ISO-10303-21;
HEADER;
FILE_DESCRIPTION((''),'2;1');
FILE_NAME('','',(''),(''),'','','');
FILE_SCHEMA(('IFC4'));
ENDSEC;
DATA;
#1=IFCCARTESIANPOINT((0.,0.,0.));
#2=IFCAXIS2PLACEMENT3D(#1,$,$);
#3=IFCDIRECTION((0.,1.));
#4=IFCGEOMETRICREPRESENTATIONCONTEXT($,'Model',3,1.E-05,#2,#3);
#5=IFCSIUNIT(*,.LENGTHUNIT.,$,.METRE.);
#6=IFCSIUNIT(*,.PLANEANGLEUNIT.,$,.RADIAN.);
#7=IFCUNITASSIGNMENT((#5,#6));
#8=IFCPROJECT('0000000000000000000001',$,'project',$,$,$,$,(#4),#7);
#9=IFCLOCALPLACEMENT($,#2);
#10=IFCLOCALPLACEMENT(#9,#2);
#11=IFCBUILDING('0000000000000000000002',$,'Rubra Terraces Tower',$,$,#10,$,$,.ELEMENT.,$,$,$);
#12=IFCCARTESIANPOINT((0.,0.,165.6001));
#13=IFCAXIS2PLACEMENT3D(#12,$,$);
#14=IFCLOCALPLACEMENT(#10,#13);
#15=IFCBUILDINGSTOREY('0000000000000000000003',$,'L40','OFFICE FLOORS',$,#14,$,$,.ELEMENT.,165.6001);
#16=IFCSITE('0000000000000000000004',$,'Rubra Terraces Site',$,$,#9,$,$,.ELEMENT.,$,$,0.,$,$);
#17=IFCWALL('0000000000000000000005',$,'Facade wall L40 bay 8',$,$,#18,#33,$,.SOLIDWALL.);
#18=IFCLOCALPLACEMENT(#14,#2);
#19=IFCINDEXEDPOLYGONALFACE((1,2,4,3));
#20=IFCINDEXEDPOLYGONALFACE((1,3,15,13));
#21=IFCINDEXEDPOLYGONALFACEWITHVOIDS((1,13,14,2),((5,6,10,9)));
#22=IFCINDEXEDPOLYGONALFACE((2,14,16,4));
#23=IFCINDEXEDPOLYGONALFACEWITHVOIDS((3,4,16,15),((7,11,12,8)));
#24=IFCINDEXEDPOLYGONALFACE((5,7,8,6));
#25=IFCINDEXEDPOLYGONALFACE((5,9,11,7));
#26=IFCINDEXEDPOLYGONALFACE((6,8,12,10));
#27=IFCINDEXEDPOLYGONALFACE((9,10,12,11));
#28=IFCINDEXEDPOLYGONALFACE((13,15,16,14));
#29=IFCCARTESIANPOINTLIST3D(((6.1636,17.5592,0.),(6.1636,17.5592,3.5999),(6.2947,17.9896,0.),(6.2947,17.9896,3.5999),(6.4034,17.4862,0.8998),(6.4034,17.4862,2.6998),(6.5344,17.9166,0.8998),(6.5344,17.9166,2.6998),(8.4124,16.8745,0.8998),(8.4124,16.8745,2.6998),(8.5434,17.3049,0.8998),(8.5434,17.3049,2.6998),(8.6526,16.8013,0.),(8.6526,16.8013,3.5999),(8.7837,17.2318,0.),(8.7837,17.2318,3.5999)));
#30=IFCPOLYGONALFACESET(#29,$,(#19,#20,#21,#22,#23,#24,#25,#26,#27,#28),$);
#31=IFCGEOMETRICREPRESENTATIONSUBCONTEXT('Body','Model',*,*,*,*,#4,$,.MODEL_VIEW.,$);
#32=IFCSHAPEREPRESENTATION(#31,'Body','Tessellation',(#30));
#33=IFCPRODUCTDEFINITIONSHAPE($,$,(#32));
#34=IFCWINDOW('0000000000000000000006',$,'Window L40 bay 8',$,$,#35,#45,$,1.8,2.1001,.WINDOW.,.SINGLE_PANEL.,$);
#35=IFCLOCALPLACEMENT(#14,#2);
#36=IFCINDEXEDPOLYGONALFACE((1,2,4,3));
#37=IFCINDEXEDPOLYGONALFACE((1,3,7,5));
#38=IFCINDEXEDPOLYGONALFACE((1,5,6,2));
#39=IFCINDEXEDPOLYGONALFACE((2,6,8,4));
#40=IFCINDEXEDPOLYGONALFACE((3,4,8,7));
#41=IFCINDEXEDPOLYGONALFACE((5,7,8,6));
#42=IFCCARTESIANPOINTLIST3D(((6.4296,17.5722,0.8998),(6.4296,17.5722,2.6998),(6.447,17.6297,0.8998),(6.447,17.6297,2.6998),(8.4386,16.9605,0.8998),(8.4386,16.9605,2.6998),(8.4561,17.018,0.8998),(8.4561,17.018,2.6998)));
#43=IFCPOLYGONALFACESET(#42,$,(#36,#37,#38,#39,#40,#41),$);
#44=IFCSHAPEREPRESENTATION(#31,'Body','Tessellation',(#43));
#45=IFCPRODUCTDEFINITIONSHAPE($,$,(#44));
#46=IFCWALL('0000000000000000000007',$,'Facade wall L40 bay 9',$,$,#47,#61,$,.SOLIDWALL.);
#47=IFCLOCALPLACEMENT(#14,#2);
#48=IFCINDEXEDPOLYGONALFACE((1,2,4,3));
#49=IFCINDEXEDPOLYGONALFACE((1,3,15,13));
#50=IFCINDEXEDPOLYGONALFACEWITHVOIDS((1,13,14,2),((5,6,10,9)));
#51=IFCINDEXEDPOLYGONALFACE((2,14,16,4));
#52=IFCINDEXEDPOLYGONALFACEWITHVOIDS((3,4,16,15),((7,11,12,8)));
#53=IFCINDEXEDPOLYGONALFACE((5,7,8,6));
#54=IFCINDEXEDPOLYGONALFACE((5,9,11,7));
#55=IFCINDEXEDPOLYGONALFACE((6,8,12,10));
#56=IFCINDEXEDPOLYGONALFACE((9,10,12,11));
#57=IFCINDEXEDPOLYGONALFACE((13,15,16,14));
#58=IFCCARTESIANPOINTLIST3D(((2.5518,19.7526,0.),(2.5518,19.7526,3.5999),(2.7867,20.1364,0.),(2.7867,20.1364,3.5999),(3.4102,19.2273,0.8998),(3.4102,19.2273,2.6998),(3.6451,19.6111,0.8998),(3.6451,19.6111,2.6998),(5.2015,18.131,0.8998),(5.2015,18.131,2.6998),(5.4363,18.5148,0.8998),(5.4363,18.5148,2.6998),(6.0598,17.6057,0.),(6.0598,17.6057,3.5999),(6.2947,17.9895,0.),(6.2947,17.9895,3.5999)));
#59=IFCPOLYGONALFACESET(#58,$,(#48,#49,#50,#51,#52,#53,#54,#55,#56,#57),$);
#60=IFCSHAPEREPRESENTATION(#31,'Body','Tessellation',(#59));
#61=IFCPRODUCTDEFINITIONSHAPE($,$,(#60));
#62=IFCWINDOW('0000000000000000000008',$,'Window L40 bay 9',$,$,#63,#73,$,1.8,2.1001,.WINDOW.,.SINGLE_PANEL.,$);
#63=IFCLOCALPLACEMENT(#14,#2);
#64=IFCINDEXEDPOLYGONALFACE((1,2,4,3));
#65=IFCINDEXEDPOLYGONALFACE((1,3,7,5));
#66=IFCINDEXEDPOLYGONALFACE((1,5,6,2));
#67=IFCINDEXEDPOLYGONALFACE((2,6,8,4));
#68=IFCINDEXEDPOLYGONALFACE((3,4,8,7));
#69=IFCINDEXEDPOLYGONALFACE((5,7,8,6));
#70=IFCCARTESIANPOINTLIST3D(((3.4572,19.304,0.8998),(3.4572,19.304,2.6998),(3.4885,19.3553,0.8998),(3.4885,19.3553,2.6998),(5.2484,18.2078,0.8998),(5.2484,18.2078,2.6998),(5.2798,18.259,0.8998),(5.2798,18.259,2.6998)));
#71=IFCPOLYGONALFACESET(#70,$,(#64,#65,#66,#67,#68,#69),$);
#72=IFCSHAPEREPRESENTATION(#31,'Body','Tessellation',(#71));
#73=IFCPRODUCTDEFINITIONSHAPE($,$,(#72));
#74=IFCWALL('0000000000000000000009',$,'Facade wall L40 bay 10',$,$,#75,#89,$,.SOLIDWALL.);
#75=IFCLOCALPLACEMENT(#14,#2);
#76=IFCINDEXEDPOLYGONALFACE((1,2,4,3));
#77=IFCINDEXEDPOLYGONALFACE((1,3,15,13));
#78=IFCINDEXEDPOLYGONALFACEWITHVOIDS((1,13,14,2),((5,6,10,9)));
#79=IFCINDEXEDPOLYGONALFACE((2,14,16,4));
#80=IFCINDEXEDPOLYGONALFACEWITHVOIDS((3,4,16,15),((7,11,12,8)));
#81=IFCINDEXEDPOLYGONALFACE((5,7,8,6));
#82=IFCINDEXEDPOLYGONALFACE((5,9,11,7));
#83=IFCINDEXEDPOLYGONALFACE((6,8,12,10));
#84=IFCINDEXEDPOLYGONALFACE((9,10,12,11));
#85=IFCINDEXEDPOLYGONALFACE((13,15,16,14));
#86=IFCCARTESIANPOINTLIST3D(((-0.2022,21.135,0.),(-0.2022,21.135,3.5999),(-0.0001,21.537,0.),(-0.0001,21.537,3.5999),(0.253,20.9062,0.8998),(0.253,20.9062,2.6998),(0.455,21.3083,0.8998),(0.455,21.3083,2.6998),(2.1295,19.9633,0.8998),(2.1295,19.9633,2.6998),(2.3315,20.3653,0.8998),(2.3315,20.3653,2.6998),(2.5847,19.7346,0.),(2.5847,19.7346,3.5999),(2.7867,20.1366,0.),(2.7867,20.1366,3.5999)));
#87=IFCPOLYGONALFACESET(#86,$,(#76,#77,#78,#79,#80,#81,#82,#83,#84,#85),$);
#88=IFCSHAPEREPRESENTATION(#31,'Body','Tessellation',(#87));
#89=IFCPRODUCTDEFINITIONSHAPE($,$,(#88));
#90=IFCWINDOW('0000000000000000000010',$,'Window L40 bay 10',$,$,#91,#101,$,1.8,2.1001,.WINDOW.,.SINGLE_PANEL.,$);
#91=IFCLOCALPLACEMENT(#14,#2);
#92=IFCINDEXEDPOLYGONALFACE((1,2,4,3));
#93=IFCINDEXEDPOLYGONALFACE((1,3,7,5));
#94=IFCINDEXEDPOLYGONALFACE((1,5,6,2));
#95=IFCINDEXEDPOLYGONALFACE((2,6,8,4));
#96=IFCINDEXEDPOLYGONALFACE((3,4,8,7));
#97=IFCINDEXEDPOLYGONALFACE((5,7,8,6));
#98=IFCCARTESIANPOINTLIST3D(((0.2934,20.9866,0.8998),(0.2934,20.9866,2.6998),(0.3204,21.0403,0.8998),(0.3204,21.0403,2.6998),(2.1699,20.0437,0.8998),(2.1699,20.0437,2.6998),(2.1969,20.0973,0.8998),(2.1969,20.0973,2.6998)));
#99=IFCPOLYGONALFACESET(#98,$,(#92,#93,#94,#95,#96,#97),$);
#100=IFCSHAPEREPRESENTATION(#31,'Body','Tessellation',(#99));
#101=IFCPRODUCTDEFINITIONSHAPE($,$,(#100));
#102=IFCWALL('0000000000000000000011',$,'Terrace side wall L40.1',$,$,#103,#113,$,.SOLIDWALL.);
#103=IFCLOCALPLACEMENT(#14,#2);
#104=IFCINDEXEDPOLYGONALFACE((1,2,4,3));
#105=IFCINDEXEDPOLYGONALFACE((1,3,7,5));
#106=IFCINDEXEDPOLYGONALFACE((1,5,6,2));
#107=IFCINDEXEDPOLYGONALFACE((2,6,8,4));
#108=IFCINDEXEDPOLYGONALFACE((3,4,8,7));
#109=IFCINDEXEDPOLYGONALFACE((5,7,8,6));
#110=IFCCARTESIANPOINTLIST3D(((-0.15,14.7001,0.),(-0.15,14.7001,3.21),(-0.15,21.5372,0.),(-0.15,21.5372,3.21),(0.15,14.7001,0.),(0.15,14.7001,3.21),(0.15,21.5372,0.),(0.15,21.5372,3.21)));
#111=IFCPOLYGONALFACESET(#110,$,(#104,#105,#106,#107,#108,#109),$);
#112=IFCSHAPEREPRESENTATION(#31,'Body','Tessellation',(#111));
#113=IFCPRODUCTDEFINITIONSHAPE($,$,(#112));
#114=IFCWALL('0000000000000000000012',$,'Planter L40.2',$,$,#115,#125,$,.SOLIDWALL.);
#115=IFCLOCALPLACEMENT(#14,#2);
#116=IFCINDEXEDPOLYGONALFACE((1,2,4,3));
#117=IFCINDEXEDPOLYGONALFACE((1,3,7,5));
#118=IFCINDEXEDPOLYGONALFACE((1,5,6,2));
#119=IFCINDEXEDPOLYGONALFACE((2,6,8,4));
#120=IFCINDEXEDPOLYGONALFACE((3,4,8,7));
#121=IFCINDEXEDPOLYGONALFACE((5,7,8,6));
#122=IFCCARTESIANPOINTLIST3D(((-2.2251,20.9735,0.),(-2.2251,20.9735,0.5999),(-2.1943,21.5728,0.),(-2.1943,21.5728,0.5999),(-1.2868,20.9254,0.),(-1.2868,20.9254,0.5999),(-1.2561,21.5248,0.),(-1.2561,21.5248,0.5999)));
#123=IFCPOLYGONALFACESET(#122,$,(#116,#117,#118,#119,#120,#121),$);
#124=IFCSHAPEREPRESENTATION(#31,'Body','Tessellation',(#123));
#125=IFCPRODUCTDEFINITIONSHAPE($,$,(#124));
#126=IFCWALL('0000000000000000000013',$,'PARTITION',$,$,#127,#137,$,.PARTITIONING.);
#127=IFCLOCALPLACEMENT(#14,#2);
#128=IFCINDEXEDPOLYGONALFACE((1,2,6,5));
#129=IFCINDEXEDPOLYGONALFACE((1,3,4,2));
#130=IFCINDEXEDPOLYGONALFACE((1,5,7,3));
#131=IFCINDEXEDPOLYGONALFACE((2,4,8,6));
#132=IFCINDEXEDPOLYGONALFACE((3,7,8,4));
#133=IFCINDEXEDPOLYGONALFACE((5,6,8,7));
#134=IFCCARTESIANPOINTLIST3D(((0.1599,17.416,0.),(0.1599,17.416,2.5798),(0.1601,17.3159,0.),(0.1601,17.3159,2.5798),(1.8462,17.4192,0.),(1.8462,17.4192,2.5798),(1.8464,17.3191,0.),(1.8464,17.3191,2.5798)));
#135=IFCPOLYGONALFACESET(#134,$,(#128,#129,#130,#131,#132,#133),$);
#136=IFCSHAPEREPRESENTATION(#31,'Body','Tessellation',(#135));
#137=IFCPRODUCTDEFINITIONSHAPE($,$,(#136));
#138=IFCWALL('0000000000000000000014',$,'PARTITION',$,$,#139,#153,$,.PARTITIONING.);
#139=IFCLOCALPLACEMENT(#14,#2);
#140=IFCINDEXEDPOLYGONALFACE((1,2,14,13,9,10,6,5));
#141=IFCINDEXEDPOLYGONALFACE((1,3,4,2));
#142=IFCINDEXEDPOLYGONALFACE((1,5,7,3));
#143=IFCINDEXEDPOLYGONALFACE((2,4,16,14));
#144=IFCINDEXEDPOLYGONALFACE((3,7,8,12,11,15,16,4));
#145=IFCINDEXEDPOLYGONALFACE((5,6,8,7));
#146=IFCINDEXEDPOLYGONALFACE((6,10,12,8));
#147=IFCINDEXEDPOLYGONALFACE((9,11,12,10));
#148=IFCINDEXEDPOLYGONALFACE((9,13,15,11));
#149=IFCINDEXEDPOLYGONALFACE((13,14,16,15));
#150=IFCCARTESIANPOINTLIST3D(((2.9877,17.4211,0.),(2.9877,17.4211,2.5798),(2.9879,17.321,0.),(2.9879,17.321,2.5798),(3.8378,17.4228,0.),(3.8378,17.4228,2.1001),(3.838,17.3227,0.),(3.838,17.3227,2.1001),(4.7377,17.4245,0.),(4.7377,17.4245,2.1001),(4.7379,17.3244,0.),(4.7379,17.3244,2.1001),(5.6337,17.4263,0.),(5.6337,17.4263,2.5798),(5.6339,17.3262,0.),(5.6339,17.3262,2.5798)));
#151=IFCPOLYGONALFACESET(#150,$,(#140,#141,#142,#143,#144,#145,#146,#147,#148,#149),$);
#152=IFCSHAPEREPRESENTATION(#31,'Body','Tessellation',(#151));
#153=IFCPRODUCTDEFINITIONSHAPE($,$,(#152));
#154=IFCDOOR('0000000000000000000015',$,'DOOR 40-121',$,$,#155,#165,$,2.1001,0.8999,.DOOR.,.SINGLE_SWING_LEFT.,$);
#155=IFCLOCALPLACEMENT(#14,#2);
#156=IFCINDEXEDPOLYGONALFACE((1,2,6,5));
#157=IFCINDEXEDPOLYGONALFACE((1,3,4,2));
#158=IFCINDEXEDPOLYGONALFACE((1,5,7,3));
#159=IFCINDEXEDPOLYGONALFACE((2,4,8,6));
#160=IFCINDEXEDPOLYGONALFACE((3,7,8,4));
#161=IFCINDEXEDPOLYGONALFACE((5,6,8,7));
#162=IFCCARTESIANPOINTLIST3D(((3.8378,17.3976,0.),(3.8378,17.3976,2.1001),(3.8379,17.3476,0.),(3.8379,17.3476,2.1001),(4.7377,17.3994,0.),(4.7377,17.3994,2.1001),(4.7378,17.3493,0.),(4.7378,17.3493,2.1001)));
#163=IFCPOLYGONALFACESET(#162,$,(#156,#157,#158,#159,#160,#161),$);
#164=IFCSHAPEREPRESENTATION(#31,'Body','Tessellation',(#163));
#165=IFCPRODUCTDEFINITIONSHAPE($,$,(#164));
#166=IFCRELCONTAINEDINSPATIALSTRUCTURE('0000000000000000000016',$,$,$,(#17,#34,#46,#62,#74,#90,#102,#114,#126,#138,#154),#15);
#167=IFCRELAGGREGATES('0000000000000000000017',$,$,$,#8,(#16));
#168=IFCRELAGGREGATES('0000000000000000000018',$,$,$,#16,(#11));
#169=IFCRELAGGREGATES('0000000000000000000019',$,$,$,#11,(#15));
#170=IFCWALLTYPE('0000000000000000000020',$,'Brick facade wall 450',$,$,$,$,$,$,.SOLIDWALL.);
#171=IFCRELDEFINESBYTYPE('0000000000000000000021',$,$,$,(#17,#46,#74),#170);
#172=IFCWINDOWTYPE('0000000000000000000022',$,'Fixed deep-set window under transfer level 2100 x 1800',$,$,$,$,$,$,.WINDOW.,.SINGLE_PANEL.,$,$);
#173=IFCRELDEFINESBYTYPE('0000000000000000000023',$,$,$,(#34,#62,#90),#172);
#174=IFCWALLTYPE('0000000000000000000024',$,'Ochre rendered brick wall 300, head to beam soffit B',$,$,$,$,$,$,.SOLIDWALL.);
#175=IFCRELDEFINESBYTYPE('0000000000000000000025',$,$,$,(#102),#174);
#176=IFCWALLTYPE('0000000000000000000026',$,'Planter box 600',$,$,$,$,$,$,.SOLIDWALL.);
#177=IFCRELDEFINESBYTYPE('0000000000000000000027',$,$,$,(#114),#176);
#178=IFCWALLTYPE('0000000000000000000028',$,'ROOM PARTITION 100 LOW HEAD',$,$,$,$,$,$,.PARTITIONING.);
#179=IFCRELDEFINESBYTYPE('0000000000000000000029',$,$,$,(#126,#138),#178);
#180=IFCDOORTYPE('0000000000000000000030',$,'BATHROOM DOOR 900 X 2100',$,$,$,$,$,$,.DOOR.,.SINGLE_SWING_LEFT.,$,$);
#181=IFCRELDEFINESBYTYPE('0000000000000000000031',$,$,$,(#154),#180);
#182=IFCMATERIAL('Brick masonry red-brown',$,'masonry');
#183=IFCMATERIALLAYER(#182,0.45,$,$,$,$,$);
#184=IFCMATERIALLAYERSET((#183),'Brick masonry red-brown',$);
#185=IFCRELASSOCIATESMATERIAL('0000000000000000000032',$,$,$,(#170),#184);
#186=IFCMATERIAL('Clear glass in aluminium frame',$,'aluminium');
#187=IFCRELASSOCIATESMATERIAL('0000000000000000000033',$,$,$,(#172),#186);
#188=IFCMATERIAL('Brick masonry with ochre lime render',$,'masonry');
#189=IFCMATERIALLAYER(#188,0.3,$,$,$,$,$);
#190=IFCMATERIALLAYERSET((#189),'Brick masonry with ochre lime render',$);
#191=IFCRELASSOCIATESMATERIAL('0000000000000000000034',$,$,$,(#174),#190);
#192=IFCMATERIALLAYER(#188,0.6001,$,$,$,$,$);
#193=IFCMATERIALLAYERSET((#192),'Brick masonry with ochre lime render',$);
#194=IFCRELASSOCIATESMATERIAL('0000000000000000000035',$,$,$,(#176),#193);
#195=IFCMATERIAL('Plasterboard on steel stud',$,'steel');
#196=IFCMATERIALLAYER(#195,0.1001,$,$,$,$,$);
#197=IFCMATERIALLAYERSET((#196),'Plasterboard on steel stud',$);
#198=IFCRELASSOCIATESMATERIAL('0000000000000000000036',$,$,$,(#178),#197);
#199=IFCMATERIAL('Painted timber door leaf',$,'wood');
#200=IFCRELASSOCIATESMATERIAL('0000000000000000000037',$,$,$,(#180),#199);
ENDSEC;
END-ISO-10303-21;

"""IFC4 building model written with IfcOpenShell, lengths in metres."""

from ifc_helpers import new_model, si_unit, direction, frame, frame_2d, origin, place, context, subcontext, project, spatial, rectangle, extrude, material, layer, layer_set, type_object, element, fill, save


model = new_model("IFC4")

# Units and contexts
model_context = context("Model", 3, precision=1e-05, world=origin(), true_north=direction((0.0, 1.0)))
body_context = subcontext(model_context, "Body", "Model", "MODEL_VIEW")
ifc_project = project(units=[si_unit("LENGTHUNIT", "METRE"), si_unit("PLANEANGLEUNIT", "RADIAN")], contexts=[model_context])

# Site, building, storey
site_placement = place(None, origin())
site = spatial("IfcSite", under=ifc_project, at=site_placement, Name="Rubra Terraces Site", CompositionType="ELEMENT", RefElevation=0.0)
building_placement = place(site_placement, origin())
building = spatial("IfcBuilding", under=site, at=building_placement, Name="Rubra Terraces Tower", CompositionType="ELEMENT")
storey_placement = place(building_placement, frame((0.0, 0.0, 165.6001)))
storey = spatial("IfcBuildingStorey", under=building, at=storey_placement, Name="L40", Description="OFFICE FLOORS", CompositionType="ELEMENT", Elevation=165.6001)

# Walls, openings, windows
ifc_material_1 = material(Name="Brick masonry red-brown", Category="masonry")
ifc_layer_1 = layer(ifc_material_1, 0.45)
ifc_layer_set_1 = layer_set([ifc_layer_1], Name="Brick masonry red-brown")
wall_type_1 = type_object("IfcWallType", Name="Brick facade wall 450", PredefinedType="SOLIDWALL", material=ifc_layer_set_1)
wall_1_placement = place(storey_placement, frame((8.718, 17.0166, 0.0), z_axis=(0.0, 0.0, 1.0), x_axis=(-0.956643, 0.291262, 0.0)))
wall_1 = element("IfcWall", 1, at=wall_1_placement, inside=storey, type_object=wall_type_1, Name="Facade wall L40 bay 8", PredefinedType="SOLIDWALL", context=body_context, shape_type="SweptSolid", body=[
    extrude(rectangle(XDim=2.6018, YDim=0.45, at=frame_2d((1.3008, 0.0))), origin(), (0.0, 0.0, 1.0), 3.5999),
])
opening_1_placement = place(wall_1_placement, frame((0.251, 0.0, 0.8999)))
opening_1 = element("IfcOpeningElement", 2, at=opening_1_placement, cuts=wall_1, PredefinedType="OPENING", context=body_context, shape_type="SweptSolid", body=[
    extrude(rectangle(XDim=2.1001, YDim=1.8, at=frame_2d((1.05, 0.8999))), frame((0.0, 0.2349, 0.0), z_axis=(0.0, -1.0, 0.0), x_axis=(1.0, 0.0, 0.0)), (0.0, 0.0, 1.0), 0.47),
])
ifc_material_2 = material(Name="Clear glass in aluminium frame", Category="aluminium")
window_type = type_object("IfcWindowType", Name="Fixed deep-set window under transfer level 2100 x 1800", PartitioningType="SINGLE_PANEL", PredefinedType="WINDOW", material=ifc_material_2)
window_1_placement = place(opening_1_placement, origin())
window_1 = element("IfcWindow", 3, at=window_1_placement, inside=storey, type_object=window_type, Name="Window L40 bay 8", OverallHeight=1.8, OverallWidth=2.1001, PartitioningType="SINGLE_PANEL", PredefinedType="WINDOW", context=body_context, shape_type="SweptSolid", body=[
    extrude(rectangle(XDim=2.1001, YDim=1.8, at=frame_2d((1.05, 0.8999))), frame((0.0, 0.135, 0.0), z_axis=(0.0, -1.0, 0.0), x_axis=(1.0, 0.0, 0.0)), (0.0, 0.0, 1.0), 0.0601),
])
fill(opening_1, window_1)
wall_2_placement = place(storey_placement, frame((6.1772, 17.7976, 0.0), z_axis=(0.0, 0.0, 1.0), x_axis=(-0.85294, 0.522009, 0.0)))
wall_2 = element("IfcWall", 4, at=wall_2_placement, inside=storey, type_object=wall_type_1, Name="Facade wall L40 bay 9", PredefinedType="SOLIDWALL", context=body_context, shape_type="SweptSolid", body=[
    extrude(rectangle(XDim=4.1128, YDim=0.45, at=frame_2d((2.0564, 0.0))), origin(), (0.0, 0.0, 1.0), 3.5999),
])
opening_2_placement = place(wall_2_placement, frame((1.0063, 0.0, 0.8999)))
opening_2 = element("IfcOpeningElement", 5, at=opening_2_placement, cuts=wall_2, PredefinedType="OPENING", context=body_context, shape_type="SweptSolid", body=[
    extrude(rectangle(XDim=2.1001, YDim=1.8, at=frame_2d((1.05, 0.8999))), frame((0.0, 0.2349, 0.0), z_axis=(0.0, -1.0, 0.0), x_axis=(1.0, 0.0, 0.0)), (0.0, 0.0, 1.0), 0.47),
])
window_2_placement = place(opening_2_placement, origin())
window_2 = element("IfcWindow", 6, at=window_2_placement, inside=storey, type_object=window_type, Name="Window L40 bay 9", OverallHeight=1.8, OverallWidth=2.1001, PartitioningType="SINGLE_PANEL", PredefinedType="WINDOW", context=body_context, shape_type="SweptSolid", body=[
    extrude(rectangle(XDim=2.1001, YDim=1.8, at=frame_2d((1.05, 0.8999))), frame((0.0, 0.135, 0.0), z_axis=(0.0, -1.0, 0.0), x_axis=(1.0, 0.0, 0.0)), (0.0, 0.0, 1.0), 0.0601),
])
fill(opening_2, window_2)
wall_3_placement = place(storey_placement, frame((2.6858, 19.9355, 0.0), z_axis=(0.0, 0.0, 1.0), x_axis=(-0.893533, 0.448997, 0.0)))
wall_3 = element("IfcWall", 7, at=wall_3_placement, inside=storey, type_object=wall_type_1, Name="Facade wall L40 bay 10", PredefinedType="SOLIDWALL", context=body_context, shape_type="SweptSolid", body=[
    extrude(rectangle(XDim=3.1189, YDim=0.45, at=frame_2d((1.5596, 0.0))), origin(), (0.0, 0.0, 1.0), 3.5999),
])
opening_3_placement = place(wall_3_placement, frame((0.5095, 0.0, 0.8999)))
opening_3 = element("IfcOpeningElement", 8, at=opening_3_placement, cuts=wall_3, PredefinedType="OPENING", context=body_context, shape_type="SweptSolid", body=[
    extrude(rectangle(XDim=2.1001, YDim=1.8, at=frame_2d((1.05, 0.8999))), frame((0.0, 0.2349, 0.0), z_axis=(0.0, -1.0, 0.0), x_axis=(1.0, 0.0, 0.0)), (0.0, 0.0, 1.0), 0.47),
])
window_3_placement = place(opening_3_placement, origin())
window_3 = element("IfcWindow", 9, at=window_3_placement, inside=storey, type_object=window_type, Name="Window L40 bay 10", OverallHeight=1.8, OverallWidth=2.1001, PartitioningType="SINGLE_PANEL", PredefinedType="WINDOW", context=body_context, shape_type="SweptSolid", body=[
    extrude(rectangle(XDim=2.1001, YDim=1.8, at=frame_2d((1.05, 0.8999))), frame((0.0, 0.135, 0.0), z_axis=(0.0, -1.0, 0.0), x_axis=(1.0, 0.0, 0.0)), (0.0, 0.0, 1.0), 0.0601),
])
fill(opening_3, window_3)

# Shared definitions
ifc_material_3 = material(Name="Brick masonry with ochre lime render", Category="masonry")

# Walls
ifc_layer_2 = layer(ifc_material_3, 0.3)
ifc_layer_set_2 = layer_set([ifc_layer_2], Name="Brick masonry with ochre lime render")
wall_type_2 = type_object("IfcWallType", Name="Ochre rendered brick wall 300, head to beam soffit B", PredefinedType="SOLIDWALL", material=ifc_layer_set_2)
wall_4_placement = place(storey_placement, frame((0.0, 21.5371, 0.0), z_axis=(0.0, 0.0, 1.0), x_axis=(0.0, -1.0, 0.0)))
element("IfcWall", 10, at=wall_4_placement, inside=storey, type_object=wall_type_2, Name="Terrace side wall L40.1", PredefinedType="SOLIDWALL", context=body_context, shape_type="SweptSolid", body=[
    extrude(rectangle(XDim=6.8372, YDim=0.3, at=frame_2d((3.4185, 0.0))), origin(), (0.0, 0.0, 1.0), 3.21),
])
ifc_layer_3 = layer(ifc_material_3, 0.6001)
ifc_layer_set_3 = layer_set([ifc_layer_3], Name="Brick masonry with ochre lime render")
wall_type_3 = type_object("IfcWallType", Name="Planter box 600", PredefinedType="SOLIDWALL", material=ifc_layer_set_3)
wall_5_placement = place(storey_placement, frame((-1.2715, 21.2251, 0.0), z_axis=(0.0, 0.0, 1.0), x_axis=(-0.998689, 0.051195, 0.0)))
element("IfcWall", 11, at=wall_5_placement, inside=storey, type_object=wall_type_3, Name="Planter L40.2", PredefinedType="SOLIDWALL", context=body_context, shape_type="SweptSolid", body=[
    extrude(rectangle(XDim=0.9395, YDim=0.6001, at=frame_2d((0.4697, 0.0))), origin(), (0.0, 0.0, 1.0), 0.5999),
])
ifc_material_4 = material(Name="Plasterboard on steel stud", Category="steel")
ifc_layer_4 = layer(ifc_material_4, 0.1001)
ifc_layer_set_4 = layer_set([ifc_layer_4], Name="Plasterboard on steel stud")
wall_type_4 = type_object("IfcWallType", Name="ROOM PARTITION 100 LOW HEAD", PredefinedType="PARTITIONING", material=ifc_layer_set_4)
wall_6_placement = place(storey_placement, frame((0.1599, 17.366, 0.0), z_axis=(0.0, 0.0, 1.0), x_axis=(0.999998, 0.001882, 0.0)))
element("IfcWall", 12, at=wall_6_placement, inside=storey, type_object=wall_type_4, Name="PARTITION", PredefinedType="PARTITIONING", context=body_context, shape_type="SweptSolid", body=[
    extrude(rectangle(XDim=1.6863, YDim=0.1001, at=frame_2d((0.8433, 0.0))), origin(), (0.0, 0.0, 1.0), 2.5798),
])

# Wall, opening, door
wall_7_placement = place(storey_placement, frame((2.9878, 17.3711, 0.0), z_axis=(0.0, 0.0, 1.0), x_axis=(0.999998, 0.001938, 0.0)))
wall_7 = element("IfcWall", 13, at=wall_7_placement, inside=storey, type_object=wall_type_4, Name="PARTITION", PredefinedType="PARTITIONING", context=body_context, shape_type="SweptSolid", body=[
    extrude(rectangle(XDim=2.646, YDim=0.1001, at=frame_2d((1.323, 0.0))), origin(), (0.0, 0.0, 1.0), 2.5798),
])
opening_4_placement = place(wall_7_placement, frame((0.8501, 0.0, 0.0)))
opening_4 = element("IfcOpeningElement", 14, at=opening_4_placement, cuts=wall_7, PredefinedType="OPENING", context=body_context, shape_type="SweptSolid", body=[
    extrude(rectangle(XDim=0.8999, YDim=2.1001, at=frame_2d((0.45, 1.05))), frame((0.0, 0.0601, 0.0), z_axis=(0.0, -1.0, 0.0), x_axis=(1.0, 0.0, 0.0)), (0.0, 0.0, 1.0), 0.1201),
])
ifc_material_5 = material(Name="Painted timber door leaf", Category="wood")
door_type_1 = type_object("IfcDoorType", Name="BATHROOM DOOR 900 X 2100", OperationType="SINGLE_SWING_LEFT", PredefinedType="DOOR", material=ifc_material_5)
door_1_placement = place(opening_4_placement, origin())
door_1 = element("IfcDoor", 15, at=door_1_placement, inside=storey, type_object=door_type_1, Name="DOOR 40-121", OperationType="SINGLE_SWING_LEFT", OverallHeight=2.1001, OverallWidth=0.8999, PredefinedType="DOOR", context=body_context, shape_type="SweptSolid", body=[
    extrude(rectangle(XDim=0.8999, YDim=2.1001, at=frame_2d((0.45, 1.05))), frame((0.0, 0.0249, 0.0), z_axis=(0.0, -1.0, 0.0), x_axis=(1.0, 0.0, 0.0)), (0.0, 0.0, 1.0), 0.05),
])
fill(opening_4, door_1)

save(model, "model.ifc")
